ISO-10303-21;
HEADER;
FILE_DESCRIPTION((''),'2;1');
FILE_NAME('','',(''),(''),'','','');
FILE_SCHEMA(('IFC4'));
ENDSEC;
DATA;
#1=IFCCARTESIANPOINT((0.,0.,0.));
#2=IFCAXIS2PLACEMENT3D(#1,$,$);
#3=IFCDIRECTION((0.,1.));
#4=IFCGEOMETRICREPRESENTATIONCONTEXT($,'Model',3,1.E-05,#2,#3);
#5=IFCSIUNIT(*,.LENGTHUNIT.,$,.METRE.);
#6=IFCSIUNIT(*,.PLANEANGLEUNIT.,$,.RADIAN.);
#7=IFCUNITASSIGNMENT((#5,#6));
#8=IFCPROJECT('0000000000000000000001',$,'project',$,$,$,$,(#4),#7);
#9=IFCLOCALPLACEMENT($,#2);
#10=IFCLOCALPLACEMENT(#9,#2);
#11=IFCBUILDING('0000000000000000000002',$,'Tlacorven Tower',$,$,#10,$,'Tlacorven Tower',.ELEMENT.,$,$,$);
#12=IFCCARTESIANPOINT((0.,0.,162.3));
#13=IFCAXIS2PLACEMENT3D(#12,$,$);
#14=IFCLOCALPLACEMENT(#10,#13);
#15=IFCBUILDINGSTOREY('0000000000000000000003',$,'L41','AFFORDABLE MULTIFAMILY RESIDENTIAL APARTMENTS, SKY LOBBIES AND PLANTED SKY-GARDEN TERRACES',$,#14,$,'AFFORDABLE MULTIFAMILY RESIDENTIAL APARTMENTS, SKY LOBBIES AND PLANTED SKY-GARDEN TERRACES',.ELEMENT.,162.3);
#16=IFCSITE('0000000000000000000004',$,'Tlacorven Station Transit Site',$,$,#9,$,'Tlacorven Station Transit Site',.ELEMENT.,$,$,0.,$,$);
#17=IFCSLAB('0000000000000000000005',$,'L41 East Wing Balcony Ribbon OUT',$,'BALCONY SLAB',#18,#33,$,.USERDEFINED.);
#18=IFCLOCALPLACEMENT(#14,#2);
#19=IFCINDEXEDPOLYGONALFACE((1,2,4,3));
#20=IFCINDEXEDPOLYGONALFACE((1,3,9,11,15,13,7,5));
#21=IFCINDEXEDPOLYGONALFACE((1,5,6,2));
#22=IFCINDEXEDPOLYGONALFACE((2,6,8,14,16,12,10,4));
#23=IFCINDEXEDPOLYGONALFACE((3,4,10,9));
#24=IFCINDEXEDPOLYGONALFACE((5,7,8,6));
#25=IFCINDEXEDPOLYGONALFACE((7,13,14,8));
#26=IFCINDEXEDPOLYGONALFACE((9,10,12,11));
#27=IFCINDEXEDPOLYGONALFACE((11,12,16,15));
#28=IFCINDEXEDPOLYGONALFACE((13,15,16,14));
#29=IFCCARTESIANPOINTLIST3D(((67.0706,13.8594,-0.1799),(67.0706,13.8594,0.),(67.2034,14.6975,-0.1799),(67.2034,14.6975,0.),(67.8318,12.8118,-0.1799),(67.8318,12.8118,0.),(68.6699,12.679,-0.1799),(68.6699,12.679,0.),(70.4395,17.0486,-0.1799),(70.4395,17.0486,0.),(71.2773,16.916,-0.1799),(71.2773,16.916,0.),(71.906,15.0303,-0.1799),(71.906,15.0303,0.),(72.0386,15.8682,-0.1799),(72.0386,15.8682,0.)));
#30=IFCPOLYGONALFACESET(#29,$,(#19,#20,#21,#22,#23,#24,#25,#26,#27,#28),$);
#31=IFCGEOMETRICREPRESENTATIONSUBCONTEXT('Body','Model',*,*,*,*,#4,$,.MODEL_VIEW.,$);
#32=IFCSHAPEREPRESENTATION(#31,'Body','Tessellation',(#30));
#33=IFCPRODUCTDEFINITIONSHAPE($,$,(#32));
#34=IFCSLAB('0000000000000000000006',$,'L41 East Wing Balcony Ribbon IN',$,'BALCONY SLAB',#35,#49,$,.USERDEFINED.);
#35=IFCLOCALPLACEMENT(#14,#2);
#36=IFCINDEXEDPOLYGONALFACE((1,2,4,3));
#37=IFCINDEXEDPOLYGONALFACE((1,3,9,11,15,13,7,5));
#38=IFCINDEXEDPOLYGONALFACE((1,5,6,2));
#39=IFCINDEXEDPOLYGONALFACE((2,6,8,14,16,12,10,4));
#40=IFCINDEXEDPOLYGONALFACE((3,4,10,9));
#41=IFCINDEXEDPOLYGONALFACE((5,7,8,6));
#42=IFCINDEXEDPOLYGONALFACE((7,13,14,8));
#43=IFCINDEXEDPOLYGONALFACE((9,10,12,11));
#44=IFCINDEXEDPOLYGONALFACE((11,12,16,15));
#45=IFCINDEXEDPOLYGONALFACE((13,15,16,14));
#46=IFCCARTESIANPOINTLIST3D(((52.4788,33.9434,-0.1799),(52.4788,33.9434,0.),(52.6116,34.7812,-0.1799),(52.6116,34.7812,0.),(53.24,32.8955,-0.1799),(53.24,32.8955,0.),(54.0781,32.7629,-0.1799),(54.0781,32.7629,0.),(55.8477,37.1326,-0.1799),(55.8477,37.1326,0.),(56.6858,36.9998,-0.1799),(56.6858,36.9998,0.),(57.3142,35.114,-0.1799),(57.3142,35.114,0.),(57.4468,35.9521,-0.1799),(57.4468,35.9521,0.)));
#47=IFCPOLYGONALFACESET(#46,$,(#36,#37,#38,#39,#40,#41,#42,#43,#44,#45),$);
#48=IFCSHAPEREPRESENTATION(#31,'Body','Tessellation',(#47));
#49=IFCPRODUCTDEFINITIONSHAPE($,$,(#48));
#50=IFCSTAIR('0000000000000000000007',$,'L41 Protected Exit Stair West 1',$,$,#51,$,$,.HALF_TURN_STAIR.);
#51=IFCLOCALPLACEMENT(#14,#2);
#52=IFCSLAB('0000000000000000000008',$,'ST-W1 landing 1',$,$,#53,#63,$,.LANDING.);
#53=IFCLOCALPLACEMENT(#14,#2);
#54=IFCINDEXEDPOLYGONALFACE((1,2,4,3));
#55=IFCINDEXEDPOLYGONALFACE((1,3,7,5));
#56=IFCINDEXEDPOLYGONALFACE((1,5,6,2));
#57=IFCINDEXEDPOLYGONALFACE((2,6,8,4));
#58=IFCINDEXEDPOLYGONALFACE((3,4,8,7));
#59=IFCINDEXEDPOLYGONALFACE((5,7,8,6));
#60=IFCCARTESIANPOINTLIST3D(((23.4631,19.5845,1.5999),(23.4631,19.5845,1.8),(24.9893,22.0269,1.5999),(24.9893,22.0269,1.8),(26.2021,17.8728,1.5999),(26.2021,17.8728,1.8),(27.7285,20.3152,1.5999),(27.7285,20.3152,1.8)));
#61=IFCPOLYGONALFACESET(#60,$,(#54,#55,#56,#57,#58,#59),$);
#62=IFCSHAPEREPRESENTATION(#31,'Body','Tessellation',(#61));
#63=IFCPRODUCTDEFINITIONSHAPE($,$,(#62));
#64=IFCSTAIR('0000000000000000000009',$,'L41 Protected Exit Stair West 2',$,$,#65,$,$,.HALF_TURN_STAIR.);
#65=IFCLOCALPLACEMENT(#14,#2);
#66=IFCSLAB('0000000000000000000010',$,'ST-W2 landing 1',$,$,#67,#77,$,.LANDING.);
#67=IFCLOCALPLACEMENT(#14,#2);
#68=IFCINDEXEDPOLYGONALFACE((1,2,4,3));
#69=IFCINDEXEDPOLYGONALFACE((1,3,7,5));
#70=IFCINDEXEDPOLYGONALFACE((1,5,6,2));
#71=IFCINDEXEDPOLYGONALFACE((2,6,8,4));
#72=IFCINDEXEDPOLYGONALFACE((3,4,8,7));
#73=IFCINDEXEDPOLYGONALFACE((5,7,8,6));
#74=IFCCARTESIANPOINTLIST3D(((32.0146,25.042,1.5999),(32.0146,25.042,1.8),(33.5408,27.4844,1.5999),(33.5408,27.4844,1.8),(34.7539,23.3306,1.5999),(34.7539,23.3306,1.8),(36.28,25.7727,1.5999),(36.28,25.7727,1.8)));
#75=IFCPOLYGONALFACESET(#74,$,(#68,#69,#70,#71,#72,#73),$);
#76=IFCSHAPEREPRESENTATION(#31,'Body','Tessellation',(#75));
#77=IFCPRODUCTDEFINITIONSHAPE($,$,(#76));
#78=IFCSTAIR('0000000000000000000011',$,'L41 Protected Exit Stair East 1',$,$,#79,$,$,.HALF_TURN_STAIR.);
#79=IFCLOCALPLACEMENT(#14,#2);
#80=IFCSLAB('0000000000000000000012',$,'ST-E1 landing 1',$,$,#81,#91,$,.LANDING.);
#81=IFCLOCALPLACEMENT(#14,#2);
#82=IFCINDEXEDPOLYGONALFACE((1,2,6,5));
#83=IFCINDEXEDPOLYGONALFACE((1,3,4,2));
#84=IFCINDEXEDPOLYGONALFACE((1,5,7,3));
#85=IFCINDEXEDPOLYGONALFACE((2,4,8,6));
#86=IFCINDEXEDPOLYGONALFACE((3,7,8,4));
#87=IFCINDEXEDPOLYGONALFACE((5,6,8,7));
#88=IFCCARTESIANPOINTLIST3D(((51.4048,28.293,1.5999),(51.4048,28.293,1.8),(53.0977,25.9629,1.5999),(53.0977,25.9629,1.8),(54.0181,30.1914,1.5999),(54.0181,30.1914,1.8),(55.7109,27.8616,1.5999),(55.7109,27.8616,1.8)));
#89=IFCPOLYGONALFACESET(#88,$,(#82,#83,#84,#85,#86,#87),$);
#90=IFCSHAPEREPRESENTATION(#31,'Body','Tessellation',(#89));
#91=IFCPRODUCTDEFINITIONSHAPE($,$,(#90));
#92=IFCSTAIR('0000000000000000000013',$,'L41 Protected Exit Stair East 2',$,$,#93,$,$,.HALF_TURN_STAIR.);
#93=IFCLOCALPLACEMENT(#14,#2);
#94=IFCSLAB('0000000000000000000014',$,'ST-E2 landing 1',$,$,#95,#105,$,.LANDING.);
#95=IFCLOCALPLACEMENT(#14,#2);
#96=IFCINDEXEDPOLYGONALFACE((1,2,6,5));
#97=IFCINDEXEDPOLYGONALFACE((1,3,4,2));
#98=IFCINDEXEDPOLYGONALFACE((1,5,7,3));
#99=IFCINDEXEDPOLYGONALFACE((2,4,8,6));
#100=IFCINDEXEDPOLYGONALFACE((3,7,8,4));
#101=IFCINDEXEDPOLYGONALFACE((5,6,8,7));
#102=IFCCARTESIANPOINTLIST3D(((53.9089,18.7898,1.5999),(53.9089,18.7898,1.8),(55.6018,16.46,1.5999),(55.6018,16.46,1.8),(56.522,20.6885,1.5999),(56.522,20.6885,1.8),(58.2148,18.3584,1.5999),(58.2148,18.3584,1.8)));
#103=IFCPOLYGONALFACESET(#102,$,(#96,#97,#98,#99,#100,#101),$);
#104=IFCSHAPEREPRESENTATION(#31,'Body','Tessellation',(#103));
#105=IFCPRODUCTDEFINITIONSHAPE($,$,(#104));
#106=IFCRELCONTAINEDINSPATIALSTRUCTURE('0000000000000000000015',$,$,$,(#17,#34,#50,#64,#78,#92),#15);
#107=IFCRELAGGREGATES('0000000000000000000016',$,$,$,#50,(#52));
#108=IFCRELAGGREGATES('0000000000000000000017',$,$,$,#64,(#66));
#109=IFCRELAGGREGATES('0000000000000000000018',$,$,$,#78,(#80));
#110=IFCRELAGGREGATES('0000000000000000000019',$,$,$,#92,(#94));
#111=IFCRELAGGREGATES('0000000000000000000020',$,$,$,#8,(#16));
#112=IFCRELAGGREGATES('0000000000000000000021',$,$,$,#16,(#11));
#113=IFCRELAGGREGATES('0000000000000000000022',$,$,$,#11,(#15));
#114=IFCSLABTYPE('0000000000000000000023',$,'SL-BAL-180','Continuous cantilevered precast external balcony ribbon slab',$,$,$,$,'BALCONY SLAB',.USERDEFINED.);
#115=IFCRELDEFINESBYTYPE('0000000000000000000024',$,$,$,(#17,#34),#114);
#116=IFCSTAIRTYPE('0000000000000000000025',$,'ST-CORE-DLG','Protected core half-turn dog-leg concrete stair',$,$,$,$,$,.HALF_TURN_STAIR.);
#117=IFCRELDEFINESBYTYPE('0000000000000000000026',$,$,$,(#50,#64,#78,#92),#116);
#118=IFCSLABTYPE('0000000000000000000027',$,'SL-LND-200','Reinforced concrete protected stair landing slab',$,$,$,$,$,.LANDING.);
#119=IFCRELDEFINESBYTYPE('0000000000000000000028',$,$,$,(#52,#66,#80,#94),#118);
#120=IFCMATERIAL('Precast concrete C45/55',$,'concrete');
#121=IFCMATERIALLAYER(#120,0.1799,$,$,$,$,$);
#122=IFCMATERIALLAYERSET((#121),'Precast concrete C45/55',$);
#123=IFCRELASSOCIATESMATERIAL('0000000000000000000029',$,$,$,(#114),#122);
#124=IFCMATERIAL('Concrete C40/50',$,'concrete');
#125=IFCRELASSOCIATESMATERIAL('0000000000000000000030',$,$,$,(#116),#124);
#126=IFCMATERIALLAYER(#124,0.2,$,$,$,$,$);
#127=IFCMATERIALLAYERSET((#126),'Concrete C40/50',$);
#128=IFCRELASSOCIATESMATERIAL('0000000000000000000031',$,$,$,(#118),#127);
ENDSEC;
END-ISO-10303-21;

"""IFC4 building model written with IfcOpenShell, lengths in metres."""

from ifc_helpers import new_model, si_unit, direction, frame, origin, place, context, subcontext, project, spatial, polyline, outline, extrude, material, layer, layer_set, type_object, element, aggregate, save


model = new_model("IFC4")

# Units and contexts
model_context = context("Model", 3, precision=1e-05, world=origin(), true_north=direction((0.0, 1.0)))
body_context = subcontext(model_context, "Body", "Model", "MODEL_VIEW")
ifc_project = project(units=[si_unit("LENGTHUNIT", "METRE"), si_unit("PLANEANGLEUNIT", "RADIAN")], contexts=[model_context])

# Site, building, storey
site_placement = place(None, origin())
site = spatial("IfcSite", under=ifc_project, at=site_placement, Name="Tlacorven Station Transit Site", LongName="Tlacorven Station Transit Site", CompositionType="ELEMENT", RefElevation=0.0)
building_placement = place(site_placement, origin())
building = spatial("IfcBuilding", under=site, at=building_placement, Name="Tlacorven Tower", LongName="Tlacorven Tower", CompositionType="ELEMENT")
storey_placement = place(building_placement, frame((0.0, 0.0, 162.3)))
storey = spatial("IfcBuildingStorey", under=building, at=storey_placement, Name="L41", Description="AFFORDABLE MULTIFAMILY RESIDENTIAL APARTMENTS, SKY LOBBIES AND PLANTED SKY-GARDEN TERRACES", LongName="AFFORDABLE MULTIFAMILY RESIDENTIAL APARTMENTS, SKY LOBBIES AND PLANTED SKY-GARDEN TERRACES", CompositionType="ELEMENT", Elevation=162.3)

# Slabs
ifc_material_1 = material(Name="Precast concrete C45/55", Category="concrete")
ifc_layer_1 = layer(ifc_material_1, 0.1799)
ifc_layer_set_1 = layer_set([ifc_layer_1], Name="Precast concrete C45/55")
slab_type_1 = type_object("IfcSlabType", Name="SL-BAL-180", Description="Continuous cantilevered precast external balcony ribbon slab", ElementType="BALCONY SLAB", PredefinedType="USERDEFINED", material=ifc_layer_set_1)
slab_1_placement = place(storey_placement, frame((0.0, 0.0, -0.1799)))
element("IfcSlab", 1, at=slab_1_placement, inside=storey, type_object=slab_type_1, Name="L41 East Wing Balcony Ribbon OUT", ObjectType="BALCONY SLAB", PredefinedType="USERDEFINED", context=body_context, shape_type="SweptSolid", body=[
    extrude(outline(polyline([(68.6699, 12.679), (71.906, 15.0303), (72.0386, 15.8682), (71.2773, 16.916), (70.4395, 17.0486), (67.2034, 14.6975), (67.0706, 13.8594), (67.8318, 12.8118), (68.6699, 12.679)])), origin(), (0.0, 0.0, 1.0), 0.1799),
])
slab_2_placement = place(storey_placement, frame((0.0, 0.0, -0.1799)))
element("IfcSlab", 2, at=slab_2_placement, inside=storey, type_object=slab_type_1, Name="L41 East Wing Balcony Ribbon IN", ObjectType="BALCONY SLAB", PredefinedType="USERDEFINED", context=body_context, shape_type="SweptSolid", body=[
    extrude(outline(polyline([(54.0781, 32.7629), (57.3142, 35.114), (57.4468, 35.9521), (56.6858, 36.9998), (55.8477, 37.1326), (52.6116, 34.7812), (52.4788, 33.9434), (53.24, 32.8955), (54.0781, 32.7629)])), origin(), (0.0, 0.0, 1.0), 0.1799),
])

# Stairs, slabs
ifc_material_2 = material(Name="Concrete C40/50", Category="concrete")
stair_type = type_object("IfcStairType", Name="ST-CORE-DLG", Description="Protected core half-turn dog-leg concrete stair", PredefinedType="HALF_TURN_STAIR", material=ifc_material_2)
stair_1_placement = place(storey_placement, origin())
stair_1 = element("IfcStair", 3, at=stair_1_placement, inside=storey, type_object=stair_type, Name="L41 Protected Exit Stair West 1", PredefinedType="HALF_TURN_STAIR")
ifc_layer_2 = layer(ifc_material_2, 0.2)
ifc_layer_set_2 = layer_set([ifc_layer_2], Name="Concrete C40/50")
slab_type_2 = type_object("IfcSlabType", Name="SL-LND-200", Description="Reinforced concrete protected stair landing slab", PredefinedType="LANDING", material=ifc_layer_set_2)
slab_3_placement = place(storey_placement, frame((0.0, 0.0, 1.5999)))
slab_3 = element("IfcSlab", 4, at=slab_3_placement, type_object=slab_type_2, Name="ST-W1 landing 1", PredefinedType="LANDING", context=body_context, shape_type="SweptSolid", body=[
    extrude(outline(polyline([(27.7285, 20.3152), (24.9893, 22.0269), (23.4631, 19.5845), (26.2021, 17.8728), (27.7285, 20.3152)])), origin(), (0.0, 0.0, 1.0), 0.2002),
])
aggregate(stair_1, [slab_3])
stair_2_placement = place(storey_placement, origin())
stair_2 = element("IfcStair", 5, at=stair_2_placement, inside=storey, type_object=stair_type, Name="L41 Protected Exit Stair West 2", PredefinedType="HALF_TURN_STAIR")
slab_4_placement = place(storey_placement, frame((0.0, 0.0, 1.5999)))
slab_4 = element("IfcSlab", 6, at=slab_4_placement, type_object=slab_type_2, Name="ST-W2 landing 1", PredefinedType="LANDING", context=body_context, shape_type="SweptSolid", body=[
    extrude(outline(polyline([(36.28, 25.7727), (33.5408, 27.4844), (32.0146, 25.042), (34.7539, 23.3306), (36.28, 25.7727)])), origin(), (0.0, 0.0, 1.0), 0.2002),
])
aggregate(stair_2, [slab_4])
stair_3_placement = place(storey_placement, origin())
stair_3 = element("IfcStair", 7, at=stair_3_placement, inside=storey, type_object=stair_type, Name="L41 Protected Exit Stair East 1", PredefinedType="HALF_TURN_STAIR")
slab_5_placement = place(storey_placement, frame((0.0, 0.0, 1.5999)))
slab_5 = element("IfcSlab", 8, at=slab_5_placement, type_object=slab_type_2, Name="ST-E1 landing 1", PredefinedType="LANDING", context=body_context, shape_type="SweptSolid", body=[
    extrude(outline(polyline([(53.0977, 25.9629), (55.7109, 27.8616), (54.0181, 30.1914), (51.4048, 28.293), (53.0977, 25.9629)])), origin(), (0.0, 0.0, 1.0), 0.2002),
])
aggregate(stair_3, [slab_5])
stair_4_placement = place(storey_placement, origin())
stair_4 = element("IfcStair", 9, at=stair_4_placement, inside=storey, type_object=stair_type, Name="L41 Protected Exit Stair East 2", PredefinedType="HALF_TURN_STAIR")
slab_6_placement = place(storey_placement, frame((0.0, 0.0, 1.5999)))
slab_6 = element("IfcSlab", 10, at=slab_6_placement, type_object=slab_type_2, Name="ST-E2 landing 1", PredefinedType="LANDING", context=body_context, shape_type="SweptSolid", body=[
    extrude(outline(polyline([(55.6018, 16.46), (58.2148, 18.3584), (56.522, 20.6885), (53.9089, 18.7898), (55.6018, 16.46)])), origin(), (0.0, 0.0, 1.0), 0.2002),
])
aggregate(stair_4, [slab_6])

save(model, "model.ifc")
